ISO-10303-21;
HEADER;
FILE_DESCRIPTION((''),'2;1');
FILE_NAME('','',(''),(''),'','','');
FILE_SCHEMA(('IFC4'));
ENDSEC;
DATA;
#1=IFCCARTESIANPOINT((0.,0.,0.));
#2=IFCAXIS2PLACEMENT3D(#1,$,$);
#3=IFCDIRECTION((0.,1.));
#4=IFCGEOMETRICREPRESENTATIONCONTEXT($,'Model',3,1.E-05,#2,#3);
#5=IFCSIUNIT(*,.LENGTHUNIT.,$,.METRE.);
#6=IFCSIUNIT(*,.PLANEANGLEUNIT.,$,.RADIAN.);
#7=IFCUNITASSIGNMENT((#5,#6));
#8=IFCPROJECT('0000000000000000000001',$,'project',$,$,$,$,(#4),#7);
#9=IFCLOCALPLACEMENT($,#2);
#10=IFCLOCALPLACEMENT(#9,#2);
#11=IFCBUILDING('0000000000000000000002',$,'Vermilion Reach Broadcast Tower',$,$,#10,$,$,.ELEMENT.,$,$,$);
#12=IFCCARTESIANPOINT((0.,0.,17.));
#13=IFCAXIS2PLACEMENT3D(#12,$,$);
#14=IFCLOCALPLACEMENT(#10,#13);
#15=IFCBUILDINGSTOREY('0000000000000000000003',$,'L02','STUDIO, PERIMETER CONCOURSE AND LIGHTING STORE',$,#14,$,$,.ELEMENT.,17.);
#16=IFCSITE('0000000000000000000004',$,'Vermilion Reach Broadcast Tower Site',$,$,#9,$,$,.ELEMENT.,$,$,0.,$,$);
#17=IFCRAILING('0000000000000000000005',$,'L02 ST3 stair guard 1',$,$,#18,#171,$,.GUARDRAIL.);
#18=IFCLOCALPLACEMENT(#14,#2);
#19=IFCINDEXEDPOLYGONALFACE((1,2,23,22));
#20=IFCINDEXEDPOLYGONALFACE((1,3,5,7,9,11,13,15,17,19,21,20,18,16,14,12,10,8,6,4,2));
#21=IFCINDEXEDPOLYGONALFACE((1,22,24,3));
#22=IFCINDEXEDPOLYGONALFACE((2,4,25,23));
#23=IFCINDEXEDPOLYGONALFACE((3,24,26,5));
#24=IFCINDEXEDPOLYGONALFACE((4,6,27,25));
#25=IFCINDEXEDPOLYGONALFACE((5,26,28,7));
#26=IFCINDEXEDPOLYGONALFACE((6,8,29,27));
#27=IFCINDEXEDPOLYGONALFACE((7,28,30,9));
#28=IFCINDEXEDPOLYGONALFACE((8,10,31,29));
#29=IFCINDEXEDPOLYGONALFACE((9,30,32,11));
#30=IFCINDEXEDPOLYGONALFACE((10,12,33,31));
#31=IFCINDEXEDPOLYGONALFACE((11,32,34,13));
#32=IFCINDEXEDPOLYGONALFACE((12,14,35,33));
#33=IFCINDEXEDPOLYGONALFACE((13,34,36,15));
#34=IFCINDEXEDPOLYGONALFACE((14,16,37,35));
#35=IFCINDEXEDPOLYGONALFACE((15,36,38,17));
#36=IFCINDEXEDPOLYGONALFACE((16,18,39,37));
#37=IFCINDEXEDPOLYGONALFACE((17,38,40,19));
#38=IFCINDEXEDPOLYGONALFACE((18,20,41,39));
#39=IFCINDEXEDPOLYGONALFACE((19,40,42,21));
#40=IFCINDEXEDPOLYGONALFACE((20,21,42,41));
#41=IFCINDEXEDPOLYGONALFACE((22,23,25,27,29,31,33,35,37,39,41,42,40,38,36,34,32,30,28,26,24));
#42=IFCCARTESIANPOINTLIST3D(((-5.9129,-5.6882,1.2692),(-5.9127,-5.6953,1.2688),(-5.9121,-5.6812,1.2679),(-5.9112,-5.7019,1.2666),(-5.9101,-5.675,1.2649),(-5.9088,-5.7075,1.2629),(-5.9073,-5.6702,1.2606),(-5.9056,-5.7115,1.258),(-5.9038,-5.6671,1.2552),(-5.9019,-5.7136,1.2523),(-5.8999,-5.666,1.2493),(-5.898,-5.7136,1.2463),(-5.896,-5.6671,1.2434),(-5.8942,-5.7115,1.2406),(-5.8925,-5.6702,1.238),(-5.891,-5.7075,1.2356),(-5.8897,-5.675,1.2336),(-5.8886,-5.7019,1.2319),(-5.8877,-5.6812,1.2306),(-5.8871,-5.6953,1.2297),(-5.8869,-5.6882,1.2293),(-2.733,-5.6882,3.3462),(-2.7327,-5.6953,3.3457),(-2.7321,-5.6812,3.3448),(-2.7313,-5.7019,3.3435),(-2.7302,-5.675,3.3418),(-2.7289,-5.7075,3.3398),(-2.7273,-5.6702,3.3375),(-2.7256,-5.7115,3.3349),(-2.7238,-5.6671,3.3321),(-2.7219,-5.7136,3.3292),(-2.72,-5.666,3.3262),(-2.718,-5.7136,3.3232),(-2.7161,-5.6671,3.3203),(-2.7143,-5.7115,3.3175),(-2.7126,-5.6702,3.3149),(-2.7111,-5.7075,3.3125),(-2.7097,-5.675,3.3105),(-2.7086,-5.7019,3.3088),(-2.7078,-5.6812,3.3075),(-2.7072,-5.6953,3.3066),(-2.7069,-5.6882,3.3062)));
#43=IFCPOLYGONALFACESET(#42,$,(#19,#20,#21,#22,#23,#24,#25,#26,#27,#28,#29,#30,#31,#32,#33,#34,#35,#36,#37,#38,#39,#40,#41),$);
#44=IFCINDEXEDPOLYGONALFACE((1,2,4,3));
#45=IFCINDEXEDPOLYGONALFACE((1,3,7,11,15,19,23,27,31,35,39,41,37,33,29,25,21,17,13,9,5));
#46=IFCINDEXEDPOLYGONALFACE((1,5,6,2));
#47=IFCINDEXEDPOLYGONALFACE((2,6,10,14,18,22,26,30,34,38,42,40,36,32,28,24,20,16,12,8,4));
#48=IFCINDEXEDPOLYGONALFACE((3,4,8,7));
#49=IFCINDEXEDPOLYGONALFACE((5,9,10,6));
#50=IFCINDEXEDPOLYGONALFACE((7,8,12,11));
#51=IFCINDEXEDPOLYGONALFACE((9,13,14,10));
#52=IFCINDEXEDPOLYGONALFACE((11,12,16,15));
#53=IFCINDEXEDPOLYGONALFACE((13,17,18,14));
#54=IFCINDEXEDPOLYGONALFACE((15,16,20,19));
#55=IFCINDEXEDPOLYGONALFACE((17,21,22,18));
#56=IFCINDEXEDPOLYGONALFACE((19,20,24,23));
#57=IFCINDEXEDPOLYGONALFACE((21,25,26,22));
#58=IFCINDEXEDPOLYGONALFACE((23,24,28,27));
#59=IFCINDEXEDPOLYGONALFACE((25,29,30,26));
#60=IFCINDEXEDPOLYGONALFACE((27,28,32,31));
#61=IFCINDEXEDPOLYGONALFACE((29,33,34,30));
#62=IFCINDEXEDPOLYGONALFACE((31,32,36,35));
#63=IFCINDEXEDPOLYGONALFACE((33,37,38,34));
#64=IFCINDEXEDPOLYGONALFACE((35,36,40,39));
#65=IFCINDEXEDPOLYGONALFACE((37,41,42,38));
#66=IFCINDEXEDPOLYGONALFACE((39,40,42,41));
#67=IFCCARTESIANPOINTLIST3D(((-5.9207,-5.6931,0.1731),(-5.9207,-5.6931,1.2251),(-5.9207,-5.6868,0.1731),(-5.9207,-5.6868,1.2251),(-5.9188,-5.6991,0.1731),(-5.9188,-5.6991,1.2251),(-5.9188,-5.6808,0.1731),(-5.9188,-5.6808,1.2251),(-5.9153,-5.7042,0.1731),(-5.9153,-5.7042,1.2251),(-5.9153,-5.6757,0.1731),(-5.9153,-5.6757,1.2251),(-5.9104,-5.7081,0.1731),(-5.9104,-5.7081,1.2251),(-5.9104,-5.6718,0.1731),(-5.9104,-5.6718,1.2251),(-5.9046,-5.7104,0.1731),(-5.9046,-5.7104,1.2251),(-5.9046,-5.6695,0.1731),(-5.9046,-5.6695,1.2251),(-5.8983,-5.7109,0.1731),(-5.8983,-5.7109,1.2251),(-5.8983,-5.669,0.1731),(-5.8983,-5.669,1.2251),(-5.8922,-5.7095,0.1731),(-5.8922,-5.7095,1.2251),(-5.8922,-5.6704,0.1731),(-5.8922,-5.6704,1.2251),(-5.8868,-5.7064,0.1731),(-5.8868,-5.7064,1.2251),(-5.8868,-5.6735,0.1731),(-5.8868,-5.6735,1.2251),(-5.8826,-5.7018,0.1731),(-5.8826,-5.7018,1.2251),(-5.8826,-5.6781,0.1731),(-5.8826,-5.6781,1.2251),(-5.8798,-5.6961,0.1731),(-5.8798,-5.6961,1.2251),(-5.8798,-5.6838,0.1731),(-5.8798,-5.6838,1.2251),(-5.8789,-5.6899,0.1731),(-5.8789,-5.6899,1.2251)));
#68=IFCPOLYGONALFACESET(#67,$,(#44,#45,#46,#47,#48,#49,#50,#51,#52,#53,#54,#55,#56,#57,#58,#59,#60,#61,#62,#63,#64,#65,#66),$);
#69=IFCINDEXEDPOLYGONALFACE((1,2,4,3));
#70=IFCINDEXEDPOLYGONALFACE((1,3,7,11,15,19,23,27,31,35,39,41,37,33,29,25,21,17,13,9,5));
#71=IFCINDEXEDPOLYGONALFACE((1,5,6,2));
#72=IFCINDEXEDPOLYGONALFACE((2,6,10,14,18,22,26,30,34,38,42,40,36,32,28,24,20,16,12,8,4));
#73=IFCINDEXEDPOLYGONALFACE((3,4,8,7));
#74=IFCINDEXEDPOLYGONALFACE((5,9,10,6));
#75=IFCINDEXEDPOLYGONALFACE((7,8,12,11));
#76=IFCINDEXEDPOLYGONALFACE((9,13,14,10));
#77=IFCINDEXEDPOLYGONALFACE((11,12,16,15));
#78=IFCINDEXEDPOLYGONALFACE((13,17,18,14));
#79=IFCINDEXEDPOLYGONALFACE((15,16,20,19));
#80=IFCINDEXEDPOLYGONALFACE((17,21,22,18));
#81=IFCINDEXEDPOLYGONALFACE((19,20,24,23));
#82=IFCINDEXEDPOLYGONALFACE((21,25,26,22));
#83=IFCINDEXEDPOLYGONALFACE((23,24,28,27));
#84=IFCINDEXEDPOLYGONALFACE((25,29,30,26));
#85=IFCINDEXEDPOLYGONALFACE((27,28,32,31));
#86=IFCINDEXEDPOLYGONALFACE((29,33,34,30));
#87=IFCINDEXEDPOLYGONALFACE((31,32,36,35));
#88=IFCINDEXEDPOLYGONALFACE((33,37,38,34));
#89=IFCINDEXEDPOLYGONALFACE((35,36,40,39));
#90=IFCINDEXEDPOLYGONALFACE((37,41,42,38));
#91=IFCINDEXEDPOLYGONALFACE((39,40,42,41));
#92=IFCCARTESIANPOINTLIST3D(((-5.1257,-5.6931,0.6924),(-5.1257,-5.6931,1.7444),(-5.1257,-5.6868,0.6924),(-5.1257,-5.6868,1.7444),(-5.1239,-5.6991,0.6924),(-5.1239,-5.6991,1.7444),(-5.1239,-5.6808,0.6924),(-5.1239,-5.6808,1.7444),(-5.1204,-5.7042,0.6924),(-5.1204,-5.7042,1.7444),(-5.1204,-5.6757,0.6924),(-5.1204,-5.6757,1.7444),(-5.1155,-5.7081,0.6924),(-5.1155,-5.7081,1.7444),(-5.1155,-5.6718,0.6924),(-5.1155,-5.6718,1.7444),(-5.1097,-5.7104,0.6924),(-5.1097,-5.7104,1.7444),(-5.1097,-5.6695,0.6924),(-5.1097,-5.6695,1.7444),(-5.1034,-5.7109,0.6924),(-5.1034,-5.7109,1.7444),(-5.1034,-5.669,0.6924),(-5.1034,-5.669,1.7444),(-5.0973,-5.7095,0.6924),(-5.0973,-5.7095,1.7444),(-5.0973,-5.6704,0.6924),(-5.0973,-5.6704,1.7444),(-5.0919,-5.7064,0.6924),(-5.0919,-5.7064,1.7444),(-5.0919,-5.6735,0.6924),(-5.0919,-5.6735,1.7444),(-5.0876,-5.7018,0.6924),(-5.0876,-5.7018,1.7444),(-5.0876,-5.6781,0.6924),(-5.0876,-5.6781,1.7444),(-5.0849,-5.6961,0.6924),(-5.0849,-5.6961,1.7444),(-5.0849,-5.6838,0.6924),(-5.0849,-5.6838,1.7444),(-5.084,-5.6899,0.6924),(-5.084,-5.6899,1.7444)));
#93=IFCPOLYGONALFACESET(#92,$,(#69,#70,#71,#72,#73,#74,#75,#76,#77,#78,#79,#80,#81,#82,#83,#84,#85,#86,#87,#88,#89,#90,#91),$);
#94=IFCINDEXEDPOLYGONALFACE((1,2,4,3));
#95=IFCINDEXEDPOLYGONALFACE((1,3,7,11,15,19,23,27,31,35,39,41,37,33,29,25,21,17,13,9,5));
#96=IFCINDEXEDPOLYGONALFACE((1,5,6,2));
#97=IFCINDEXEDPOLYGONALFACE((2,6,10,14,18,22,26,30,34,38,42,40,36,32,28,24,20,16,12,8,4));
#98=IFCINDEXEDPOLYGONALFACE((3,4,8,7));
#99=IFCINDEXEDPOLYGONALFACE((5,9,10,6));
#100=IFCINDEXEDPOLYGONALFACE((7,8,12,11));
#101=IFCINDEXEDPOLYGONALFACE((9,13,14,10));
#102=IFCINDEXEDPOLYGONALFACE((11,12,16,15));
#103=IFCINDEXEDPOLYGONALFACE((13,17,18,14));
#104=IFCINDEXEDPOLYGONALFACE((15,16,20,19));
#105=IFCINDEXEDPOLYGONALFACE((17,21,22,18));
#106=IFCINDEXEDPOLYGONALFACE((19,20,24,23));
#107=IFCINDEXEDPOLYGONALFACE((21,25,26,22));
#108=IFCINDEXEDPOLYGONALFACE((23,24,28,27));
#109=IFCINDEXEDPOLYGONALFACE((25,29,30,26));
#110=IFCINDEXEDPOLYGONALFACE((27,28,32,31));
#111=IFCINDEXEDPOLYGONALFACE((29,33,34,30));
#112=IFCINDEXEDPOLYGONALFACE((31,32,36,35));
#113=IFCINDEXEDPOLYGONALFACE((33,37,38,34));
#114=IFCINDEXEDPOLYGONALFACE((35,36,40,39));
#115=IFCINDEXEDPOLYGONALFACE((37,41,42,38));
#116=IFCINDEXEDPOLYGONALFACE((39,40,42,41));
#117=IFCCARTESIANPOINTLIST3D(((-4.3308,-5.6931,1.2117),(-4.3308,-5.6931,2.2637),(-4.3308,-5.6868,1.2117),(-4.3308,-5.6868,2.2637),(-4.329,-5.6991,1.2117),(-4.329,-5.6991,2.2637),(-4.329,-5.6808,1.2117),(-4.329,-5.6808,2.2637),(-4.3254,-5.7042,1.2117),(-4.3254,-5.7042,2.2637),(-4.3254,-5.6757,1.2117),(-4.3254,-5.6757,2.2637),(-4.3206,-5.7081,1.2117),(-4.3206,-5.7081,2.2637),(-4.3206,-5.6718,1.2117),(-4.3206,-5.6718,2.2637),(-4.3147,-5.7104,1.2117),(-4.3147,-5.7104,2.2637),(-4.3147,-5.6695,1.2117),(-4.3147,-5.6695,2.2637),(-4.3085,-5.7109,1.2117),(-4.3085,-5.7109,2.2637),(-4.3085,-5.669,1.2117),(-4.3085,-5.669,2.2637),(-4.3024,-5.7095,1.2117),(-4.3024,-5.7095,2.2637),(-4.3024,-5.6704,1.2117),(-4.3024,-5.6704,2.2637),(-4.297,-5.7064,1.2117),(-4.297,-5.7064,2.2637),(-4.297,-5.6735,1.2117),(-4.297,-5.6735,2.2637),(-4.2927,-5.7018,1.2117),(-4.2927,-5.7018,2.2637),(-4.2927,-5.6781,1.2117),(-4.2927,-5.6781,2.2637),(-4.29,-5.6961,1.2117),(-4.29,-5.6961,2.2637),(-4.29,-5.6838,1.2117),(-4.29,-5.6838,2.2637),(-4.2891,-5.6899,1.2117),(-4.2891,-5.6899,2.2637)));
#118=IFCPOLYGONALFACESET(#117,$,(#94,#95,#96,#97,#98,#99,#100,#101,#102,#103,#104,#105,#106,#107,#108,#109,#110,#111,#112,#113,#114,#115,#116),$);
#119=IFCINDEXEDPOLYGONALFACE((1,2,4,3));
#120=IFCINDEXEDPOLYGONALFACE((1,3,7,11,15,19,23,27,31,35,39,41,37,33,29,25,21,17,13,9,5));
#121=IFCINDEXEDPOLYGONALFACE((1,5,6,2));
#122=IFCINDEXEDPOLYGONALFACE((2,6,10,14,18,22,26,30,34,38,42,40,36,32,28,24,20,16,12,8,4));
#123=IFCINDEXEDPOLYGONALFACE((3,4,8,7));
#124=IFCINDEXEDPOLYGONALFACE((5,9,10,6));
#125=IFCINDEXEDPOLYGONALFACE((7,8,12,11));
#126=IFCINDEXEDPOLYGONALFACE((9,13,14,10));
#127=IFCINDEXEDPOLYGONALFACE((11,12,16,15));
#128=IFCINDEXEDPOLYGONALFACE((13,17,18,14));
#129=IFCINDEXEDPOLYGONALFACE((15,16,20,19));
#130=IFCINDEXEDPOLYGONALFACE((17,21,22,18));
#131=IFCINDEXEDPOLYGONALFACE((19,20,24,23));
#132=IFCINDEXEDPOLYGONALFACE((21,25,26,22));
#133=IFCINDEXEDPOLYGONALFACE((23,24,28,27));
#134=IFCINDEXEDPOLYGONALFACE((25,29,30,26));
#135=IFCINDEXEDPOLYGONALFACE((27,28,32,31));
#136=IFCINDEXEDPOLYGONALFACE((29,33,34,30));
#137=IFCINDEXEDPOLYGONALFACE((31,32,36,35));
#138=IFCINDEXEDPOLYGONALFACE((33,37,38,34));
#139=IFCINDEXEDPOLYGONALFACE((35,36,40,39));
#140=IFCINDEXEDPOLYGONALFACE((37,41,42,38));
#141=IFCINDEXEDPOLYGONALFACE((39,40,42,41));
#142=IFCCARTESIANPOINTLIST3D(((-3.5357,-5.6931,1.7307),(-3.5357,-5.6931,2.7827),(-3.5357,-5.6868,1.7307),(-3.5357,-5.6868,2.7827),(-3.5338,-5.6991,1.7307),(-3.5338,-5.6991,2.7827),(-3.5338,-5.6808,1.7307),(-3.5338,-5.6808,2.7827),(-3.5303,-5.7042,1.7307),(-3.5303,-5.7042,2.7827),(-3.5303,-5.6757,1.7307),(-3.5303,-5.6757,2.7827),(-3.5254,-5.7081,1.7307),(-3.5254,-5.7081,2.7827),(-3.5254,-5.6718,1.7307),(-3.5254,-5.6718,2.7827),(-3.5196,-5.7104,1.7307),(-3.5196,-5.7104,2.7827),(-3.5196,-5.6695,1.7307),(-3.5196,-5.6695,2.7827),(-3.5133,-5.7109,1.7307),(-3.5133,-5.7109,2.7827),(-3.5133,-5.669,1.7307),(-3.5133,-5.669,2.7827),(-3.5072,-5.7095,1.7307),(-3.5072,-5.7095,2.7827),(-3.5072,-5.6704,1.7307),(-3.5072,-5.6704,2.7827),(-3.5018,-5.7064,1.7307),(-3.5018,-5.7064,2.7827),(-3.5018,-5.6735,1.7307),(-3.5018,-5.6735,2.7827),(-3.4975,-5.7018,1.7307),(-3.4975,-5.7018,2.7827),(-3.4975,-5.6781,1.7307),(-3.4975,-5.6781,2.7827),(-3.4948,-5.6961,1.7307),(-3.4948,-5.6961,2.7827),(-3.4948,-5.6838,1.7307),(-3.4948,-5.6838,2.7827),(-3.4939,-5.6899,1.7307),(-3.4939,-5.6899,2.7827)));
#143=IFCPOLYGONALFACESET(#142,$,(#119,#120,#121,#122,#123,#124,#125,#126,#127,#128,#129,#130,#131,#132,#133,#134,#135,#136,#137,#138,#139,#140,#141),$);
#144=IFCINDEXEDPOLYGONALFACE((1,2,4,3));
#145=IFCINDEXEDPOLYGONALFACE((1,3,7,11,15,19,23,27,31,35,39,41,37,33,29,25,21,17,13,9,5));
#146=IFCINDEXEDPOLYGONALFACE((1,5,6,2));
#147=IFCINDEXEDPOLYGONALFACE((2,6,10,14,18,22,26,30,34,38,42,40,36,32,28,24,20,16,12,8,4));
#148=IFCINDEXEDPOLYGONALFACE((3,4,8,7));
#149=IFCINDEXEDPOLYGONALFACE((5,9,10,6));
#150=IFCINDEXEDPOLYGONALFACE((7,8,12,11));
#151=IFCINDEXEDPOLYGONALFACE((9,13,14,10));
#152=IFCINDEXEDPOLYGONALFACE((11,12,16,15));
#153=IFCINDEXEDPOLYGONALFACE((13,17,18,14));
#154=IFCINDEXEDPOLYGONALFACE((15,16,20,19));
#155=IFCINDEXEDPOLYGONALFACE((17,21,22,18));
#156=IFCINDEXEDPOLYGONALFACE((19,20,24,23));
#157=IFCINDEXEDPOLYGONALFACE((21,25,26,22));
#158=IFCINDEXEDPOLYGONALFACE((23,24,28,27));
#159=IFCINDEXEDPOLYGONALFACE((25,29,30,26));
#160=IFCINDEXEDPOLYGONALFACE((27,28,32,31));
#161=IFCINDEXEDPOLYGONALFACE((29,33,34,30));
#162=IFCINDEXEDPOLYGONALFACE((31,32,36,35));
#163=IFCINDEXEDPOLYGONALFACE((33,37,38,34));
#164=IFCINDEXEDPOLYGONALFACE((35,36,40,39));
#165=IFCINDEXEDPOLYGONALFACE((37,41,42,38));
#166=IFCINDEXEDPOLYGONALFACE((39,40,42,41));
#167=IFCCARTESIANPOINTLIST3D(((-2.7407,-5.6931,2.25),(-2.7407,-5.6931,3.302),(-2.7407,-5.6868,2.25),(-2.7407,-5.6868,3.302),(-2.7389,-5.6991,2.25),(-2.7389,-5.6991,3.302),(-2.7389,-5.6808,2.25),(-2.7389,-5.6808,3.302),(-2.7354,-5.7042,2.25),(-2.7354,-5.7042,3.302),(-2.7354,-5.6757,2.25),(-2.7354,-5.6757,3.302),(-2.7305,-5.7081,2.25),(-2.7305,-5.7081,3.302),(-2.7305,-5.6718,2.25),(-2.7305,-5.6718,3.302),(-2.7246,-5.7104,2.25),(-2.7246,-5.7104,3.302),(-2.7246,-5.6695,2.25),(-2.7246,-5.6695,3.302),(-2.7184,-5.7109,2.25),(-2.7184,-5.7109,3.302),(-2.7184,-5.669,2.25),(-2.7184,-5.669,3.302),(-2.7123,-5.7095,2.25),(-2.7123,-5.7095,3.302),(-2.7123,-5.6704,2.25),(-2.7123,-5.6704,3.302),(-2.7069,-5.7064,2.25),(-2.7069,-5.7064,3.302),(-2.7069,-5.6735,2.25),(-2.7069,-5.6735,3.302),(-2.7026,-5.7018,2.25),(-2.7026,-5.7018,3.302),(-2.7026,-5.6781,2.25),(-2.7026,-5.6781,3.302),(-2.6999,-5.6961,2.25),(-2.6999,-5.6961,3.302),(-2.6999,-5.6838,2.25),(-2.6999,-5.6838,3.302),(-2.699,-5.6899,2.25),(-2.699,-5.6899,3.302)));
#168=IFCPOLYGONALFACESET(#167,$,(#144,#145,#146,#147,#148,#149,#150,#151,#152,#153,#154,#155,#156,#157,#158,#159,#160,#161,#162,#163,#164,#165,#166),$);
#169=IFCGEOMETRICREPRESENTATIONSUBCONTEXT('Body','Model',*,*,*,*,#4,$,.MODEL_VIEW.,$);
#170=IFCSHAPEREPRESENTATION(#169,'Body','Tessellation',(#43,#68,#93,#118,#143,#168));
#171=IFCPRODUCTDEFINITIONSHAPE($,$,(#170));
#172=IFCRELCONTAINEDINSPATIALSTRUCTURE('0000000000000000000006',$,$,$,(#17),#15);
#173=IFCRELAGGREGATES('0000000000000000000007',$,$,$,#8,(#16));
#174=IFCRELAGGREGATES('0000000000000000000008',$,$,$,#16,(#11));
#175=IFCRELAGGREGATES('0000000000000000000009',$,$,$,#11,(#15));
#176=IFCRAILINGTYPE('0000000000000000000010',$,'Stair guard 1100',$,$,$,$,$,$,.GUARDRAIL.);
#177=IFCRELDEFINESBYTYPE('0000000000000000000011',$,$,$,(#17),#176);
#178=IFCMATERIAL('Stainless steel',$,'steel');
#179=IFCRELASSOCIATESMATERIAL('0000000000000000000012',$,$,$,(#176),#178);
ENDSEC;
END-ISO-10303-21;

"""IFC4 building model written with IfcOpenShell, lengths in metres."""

from ifc_helpers import new_model, si_unit, direction, frame, origin, origin_2d, place, context, subcontext, project, spatial, circle, extrude, material, type_object, element, save


model = new_model("IFC4")

# Units and contexts
model_context = context("Model", 3, precision=1e-05, world=origin(), true_north=direction((0.0, 1.0)))
body_context = subcontext(model_context, "Body", "Model", "MODEL_VIEW")
ifc_project = project(units=[si_unit("LENGTHUNIT", "METRE"), si_unit("PLANEANGLEUNIT", "RADIAN")], contexts=[model_context])

# Site, building, storey
site_placement = place(None, origin())
site = spatial("IfcSite", under=ifc_project, at=site_placement, Name="Vermilion Reach Broadcast Tower Site", CompositionType="ELEMENT", RefElevation=0.0)
building_placement = place(site_placement, origin())
building = spatial("IfcBuilding", under=site, at=building_placement, Name="Vermilion Reach Broadcast Tower", CompositionType="ELEMENT")
storey_placement = place(building_placement, frame((0.0, 0.0, 17.0)))
storey = spatial("IfcBuildingStorey", under=building, at=storey_placement, Name="L02", Description="STUDIO, PERIMETER CONCOURSE AND LIGHTING STORE", CompositionType="ELEMENT", Elevation=17.0)

# Railing
ifc_material_1 = material(Name="Stainless steel", Category="steel")
railing_type_1 = type_object("IfcRailingType", Name="Stair guard 1100", PredefinedType="GUARDRAIL", material=ifc_material_1)
railing_1_placement = place(storey_placement, frame((-5.8999, -5.6899, 0.1731)))
element("IfcRailing", 1, at=railing_1_placement, inside=storey, type_object=railing_type_1, Name="L02 ST3 stair guard 1", PredefinedType="GUARDRAIL", context=body_context, shape_type="SweptSolid", body=[
    extrude(circle(Radius=0.0239, at=origin_2d()), frame((0.0, 0.0, 1.0762), z_axis=(0.837245, 0.0, 0.546828), x_axis=(0.0, 1.0, 0.0)), (0.0, 0.0, 1.0), 3.7981),
    extrude(circle(Radius=0.021, at=origin_2d()), origin(), (0.0, 0.0, 1.0), 1.052),
    extrude(circle(Radius=0.021, at=origin_2d()), frame((0.7949, 0.0, 0.5193)), (0.0, 0.0, 1.0), 1.052),
    extrude(circle(Radius=0.021, at=origin_2d()), frame((1.5898, 0.0, 1.0386)), (0.0, 0.0, 1.0), 1.052),
    extrude(circle(Radius=0.021, at=origin_2d()), frame((2.385, 0.0, 1.5576)), (0.0, 0.0, 1.0), 1.052),
    extrude(circle(Radius=0.021, at=origin_2d()), frame((3.1799, 0.0, 2.0769)), (0.0, 0.0, 1.0), 1.052),
])

save(model, "model.ifc")
